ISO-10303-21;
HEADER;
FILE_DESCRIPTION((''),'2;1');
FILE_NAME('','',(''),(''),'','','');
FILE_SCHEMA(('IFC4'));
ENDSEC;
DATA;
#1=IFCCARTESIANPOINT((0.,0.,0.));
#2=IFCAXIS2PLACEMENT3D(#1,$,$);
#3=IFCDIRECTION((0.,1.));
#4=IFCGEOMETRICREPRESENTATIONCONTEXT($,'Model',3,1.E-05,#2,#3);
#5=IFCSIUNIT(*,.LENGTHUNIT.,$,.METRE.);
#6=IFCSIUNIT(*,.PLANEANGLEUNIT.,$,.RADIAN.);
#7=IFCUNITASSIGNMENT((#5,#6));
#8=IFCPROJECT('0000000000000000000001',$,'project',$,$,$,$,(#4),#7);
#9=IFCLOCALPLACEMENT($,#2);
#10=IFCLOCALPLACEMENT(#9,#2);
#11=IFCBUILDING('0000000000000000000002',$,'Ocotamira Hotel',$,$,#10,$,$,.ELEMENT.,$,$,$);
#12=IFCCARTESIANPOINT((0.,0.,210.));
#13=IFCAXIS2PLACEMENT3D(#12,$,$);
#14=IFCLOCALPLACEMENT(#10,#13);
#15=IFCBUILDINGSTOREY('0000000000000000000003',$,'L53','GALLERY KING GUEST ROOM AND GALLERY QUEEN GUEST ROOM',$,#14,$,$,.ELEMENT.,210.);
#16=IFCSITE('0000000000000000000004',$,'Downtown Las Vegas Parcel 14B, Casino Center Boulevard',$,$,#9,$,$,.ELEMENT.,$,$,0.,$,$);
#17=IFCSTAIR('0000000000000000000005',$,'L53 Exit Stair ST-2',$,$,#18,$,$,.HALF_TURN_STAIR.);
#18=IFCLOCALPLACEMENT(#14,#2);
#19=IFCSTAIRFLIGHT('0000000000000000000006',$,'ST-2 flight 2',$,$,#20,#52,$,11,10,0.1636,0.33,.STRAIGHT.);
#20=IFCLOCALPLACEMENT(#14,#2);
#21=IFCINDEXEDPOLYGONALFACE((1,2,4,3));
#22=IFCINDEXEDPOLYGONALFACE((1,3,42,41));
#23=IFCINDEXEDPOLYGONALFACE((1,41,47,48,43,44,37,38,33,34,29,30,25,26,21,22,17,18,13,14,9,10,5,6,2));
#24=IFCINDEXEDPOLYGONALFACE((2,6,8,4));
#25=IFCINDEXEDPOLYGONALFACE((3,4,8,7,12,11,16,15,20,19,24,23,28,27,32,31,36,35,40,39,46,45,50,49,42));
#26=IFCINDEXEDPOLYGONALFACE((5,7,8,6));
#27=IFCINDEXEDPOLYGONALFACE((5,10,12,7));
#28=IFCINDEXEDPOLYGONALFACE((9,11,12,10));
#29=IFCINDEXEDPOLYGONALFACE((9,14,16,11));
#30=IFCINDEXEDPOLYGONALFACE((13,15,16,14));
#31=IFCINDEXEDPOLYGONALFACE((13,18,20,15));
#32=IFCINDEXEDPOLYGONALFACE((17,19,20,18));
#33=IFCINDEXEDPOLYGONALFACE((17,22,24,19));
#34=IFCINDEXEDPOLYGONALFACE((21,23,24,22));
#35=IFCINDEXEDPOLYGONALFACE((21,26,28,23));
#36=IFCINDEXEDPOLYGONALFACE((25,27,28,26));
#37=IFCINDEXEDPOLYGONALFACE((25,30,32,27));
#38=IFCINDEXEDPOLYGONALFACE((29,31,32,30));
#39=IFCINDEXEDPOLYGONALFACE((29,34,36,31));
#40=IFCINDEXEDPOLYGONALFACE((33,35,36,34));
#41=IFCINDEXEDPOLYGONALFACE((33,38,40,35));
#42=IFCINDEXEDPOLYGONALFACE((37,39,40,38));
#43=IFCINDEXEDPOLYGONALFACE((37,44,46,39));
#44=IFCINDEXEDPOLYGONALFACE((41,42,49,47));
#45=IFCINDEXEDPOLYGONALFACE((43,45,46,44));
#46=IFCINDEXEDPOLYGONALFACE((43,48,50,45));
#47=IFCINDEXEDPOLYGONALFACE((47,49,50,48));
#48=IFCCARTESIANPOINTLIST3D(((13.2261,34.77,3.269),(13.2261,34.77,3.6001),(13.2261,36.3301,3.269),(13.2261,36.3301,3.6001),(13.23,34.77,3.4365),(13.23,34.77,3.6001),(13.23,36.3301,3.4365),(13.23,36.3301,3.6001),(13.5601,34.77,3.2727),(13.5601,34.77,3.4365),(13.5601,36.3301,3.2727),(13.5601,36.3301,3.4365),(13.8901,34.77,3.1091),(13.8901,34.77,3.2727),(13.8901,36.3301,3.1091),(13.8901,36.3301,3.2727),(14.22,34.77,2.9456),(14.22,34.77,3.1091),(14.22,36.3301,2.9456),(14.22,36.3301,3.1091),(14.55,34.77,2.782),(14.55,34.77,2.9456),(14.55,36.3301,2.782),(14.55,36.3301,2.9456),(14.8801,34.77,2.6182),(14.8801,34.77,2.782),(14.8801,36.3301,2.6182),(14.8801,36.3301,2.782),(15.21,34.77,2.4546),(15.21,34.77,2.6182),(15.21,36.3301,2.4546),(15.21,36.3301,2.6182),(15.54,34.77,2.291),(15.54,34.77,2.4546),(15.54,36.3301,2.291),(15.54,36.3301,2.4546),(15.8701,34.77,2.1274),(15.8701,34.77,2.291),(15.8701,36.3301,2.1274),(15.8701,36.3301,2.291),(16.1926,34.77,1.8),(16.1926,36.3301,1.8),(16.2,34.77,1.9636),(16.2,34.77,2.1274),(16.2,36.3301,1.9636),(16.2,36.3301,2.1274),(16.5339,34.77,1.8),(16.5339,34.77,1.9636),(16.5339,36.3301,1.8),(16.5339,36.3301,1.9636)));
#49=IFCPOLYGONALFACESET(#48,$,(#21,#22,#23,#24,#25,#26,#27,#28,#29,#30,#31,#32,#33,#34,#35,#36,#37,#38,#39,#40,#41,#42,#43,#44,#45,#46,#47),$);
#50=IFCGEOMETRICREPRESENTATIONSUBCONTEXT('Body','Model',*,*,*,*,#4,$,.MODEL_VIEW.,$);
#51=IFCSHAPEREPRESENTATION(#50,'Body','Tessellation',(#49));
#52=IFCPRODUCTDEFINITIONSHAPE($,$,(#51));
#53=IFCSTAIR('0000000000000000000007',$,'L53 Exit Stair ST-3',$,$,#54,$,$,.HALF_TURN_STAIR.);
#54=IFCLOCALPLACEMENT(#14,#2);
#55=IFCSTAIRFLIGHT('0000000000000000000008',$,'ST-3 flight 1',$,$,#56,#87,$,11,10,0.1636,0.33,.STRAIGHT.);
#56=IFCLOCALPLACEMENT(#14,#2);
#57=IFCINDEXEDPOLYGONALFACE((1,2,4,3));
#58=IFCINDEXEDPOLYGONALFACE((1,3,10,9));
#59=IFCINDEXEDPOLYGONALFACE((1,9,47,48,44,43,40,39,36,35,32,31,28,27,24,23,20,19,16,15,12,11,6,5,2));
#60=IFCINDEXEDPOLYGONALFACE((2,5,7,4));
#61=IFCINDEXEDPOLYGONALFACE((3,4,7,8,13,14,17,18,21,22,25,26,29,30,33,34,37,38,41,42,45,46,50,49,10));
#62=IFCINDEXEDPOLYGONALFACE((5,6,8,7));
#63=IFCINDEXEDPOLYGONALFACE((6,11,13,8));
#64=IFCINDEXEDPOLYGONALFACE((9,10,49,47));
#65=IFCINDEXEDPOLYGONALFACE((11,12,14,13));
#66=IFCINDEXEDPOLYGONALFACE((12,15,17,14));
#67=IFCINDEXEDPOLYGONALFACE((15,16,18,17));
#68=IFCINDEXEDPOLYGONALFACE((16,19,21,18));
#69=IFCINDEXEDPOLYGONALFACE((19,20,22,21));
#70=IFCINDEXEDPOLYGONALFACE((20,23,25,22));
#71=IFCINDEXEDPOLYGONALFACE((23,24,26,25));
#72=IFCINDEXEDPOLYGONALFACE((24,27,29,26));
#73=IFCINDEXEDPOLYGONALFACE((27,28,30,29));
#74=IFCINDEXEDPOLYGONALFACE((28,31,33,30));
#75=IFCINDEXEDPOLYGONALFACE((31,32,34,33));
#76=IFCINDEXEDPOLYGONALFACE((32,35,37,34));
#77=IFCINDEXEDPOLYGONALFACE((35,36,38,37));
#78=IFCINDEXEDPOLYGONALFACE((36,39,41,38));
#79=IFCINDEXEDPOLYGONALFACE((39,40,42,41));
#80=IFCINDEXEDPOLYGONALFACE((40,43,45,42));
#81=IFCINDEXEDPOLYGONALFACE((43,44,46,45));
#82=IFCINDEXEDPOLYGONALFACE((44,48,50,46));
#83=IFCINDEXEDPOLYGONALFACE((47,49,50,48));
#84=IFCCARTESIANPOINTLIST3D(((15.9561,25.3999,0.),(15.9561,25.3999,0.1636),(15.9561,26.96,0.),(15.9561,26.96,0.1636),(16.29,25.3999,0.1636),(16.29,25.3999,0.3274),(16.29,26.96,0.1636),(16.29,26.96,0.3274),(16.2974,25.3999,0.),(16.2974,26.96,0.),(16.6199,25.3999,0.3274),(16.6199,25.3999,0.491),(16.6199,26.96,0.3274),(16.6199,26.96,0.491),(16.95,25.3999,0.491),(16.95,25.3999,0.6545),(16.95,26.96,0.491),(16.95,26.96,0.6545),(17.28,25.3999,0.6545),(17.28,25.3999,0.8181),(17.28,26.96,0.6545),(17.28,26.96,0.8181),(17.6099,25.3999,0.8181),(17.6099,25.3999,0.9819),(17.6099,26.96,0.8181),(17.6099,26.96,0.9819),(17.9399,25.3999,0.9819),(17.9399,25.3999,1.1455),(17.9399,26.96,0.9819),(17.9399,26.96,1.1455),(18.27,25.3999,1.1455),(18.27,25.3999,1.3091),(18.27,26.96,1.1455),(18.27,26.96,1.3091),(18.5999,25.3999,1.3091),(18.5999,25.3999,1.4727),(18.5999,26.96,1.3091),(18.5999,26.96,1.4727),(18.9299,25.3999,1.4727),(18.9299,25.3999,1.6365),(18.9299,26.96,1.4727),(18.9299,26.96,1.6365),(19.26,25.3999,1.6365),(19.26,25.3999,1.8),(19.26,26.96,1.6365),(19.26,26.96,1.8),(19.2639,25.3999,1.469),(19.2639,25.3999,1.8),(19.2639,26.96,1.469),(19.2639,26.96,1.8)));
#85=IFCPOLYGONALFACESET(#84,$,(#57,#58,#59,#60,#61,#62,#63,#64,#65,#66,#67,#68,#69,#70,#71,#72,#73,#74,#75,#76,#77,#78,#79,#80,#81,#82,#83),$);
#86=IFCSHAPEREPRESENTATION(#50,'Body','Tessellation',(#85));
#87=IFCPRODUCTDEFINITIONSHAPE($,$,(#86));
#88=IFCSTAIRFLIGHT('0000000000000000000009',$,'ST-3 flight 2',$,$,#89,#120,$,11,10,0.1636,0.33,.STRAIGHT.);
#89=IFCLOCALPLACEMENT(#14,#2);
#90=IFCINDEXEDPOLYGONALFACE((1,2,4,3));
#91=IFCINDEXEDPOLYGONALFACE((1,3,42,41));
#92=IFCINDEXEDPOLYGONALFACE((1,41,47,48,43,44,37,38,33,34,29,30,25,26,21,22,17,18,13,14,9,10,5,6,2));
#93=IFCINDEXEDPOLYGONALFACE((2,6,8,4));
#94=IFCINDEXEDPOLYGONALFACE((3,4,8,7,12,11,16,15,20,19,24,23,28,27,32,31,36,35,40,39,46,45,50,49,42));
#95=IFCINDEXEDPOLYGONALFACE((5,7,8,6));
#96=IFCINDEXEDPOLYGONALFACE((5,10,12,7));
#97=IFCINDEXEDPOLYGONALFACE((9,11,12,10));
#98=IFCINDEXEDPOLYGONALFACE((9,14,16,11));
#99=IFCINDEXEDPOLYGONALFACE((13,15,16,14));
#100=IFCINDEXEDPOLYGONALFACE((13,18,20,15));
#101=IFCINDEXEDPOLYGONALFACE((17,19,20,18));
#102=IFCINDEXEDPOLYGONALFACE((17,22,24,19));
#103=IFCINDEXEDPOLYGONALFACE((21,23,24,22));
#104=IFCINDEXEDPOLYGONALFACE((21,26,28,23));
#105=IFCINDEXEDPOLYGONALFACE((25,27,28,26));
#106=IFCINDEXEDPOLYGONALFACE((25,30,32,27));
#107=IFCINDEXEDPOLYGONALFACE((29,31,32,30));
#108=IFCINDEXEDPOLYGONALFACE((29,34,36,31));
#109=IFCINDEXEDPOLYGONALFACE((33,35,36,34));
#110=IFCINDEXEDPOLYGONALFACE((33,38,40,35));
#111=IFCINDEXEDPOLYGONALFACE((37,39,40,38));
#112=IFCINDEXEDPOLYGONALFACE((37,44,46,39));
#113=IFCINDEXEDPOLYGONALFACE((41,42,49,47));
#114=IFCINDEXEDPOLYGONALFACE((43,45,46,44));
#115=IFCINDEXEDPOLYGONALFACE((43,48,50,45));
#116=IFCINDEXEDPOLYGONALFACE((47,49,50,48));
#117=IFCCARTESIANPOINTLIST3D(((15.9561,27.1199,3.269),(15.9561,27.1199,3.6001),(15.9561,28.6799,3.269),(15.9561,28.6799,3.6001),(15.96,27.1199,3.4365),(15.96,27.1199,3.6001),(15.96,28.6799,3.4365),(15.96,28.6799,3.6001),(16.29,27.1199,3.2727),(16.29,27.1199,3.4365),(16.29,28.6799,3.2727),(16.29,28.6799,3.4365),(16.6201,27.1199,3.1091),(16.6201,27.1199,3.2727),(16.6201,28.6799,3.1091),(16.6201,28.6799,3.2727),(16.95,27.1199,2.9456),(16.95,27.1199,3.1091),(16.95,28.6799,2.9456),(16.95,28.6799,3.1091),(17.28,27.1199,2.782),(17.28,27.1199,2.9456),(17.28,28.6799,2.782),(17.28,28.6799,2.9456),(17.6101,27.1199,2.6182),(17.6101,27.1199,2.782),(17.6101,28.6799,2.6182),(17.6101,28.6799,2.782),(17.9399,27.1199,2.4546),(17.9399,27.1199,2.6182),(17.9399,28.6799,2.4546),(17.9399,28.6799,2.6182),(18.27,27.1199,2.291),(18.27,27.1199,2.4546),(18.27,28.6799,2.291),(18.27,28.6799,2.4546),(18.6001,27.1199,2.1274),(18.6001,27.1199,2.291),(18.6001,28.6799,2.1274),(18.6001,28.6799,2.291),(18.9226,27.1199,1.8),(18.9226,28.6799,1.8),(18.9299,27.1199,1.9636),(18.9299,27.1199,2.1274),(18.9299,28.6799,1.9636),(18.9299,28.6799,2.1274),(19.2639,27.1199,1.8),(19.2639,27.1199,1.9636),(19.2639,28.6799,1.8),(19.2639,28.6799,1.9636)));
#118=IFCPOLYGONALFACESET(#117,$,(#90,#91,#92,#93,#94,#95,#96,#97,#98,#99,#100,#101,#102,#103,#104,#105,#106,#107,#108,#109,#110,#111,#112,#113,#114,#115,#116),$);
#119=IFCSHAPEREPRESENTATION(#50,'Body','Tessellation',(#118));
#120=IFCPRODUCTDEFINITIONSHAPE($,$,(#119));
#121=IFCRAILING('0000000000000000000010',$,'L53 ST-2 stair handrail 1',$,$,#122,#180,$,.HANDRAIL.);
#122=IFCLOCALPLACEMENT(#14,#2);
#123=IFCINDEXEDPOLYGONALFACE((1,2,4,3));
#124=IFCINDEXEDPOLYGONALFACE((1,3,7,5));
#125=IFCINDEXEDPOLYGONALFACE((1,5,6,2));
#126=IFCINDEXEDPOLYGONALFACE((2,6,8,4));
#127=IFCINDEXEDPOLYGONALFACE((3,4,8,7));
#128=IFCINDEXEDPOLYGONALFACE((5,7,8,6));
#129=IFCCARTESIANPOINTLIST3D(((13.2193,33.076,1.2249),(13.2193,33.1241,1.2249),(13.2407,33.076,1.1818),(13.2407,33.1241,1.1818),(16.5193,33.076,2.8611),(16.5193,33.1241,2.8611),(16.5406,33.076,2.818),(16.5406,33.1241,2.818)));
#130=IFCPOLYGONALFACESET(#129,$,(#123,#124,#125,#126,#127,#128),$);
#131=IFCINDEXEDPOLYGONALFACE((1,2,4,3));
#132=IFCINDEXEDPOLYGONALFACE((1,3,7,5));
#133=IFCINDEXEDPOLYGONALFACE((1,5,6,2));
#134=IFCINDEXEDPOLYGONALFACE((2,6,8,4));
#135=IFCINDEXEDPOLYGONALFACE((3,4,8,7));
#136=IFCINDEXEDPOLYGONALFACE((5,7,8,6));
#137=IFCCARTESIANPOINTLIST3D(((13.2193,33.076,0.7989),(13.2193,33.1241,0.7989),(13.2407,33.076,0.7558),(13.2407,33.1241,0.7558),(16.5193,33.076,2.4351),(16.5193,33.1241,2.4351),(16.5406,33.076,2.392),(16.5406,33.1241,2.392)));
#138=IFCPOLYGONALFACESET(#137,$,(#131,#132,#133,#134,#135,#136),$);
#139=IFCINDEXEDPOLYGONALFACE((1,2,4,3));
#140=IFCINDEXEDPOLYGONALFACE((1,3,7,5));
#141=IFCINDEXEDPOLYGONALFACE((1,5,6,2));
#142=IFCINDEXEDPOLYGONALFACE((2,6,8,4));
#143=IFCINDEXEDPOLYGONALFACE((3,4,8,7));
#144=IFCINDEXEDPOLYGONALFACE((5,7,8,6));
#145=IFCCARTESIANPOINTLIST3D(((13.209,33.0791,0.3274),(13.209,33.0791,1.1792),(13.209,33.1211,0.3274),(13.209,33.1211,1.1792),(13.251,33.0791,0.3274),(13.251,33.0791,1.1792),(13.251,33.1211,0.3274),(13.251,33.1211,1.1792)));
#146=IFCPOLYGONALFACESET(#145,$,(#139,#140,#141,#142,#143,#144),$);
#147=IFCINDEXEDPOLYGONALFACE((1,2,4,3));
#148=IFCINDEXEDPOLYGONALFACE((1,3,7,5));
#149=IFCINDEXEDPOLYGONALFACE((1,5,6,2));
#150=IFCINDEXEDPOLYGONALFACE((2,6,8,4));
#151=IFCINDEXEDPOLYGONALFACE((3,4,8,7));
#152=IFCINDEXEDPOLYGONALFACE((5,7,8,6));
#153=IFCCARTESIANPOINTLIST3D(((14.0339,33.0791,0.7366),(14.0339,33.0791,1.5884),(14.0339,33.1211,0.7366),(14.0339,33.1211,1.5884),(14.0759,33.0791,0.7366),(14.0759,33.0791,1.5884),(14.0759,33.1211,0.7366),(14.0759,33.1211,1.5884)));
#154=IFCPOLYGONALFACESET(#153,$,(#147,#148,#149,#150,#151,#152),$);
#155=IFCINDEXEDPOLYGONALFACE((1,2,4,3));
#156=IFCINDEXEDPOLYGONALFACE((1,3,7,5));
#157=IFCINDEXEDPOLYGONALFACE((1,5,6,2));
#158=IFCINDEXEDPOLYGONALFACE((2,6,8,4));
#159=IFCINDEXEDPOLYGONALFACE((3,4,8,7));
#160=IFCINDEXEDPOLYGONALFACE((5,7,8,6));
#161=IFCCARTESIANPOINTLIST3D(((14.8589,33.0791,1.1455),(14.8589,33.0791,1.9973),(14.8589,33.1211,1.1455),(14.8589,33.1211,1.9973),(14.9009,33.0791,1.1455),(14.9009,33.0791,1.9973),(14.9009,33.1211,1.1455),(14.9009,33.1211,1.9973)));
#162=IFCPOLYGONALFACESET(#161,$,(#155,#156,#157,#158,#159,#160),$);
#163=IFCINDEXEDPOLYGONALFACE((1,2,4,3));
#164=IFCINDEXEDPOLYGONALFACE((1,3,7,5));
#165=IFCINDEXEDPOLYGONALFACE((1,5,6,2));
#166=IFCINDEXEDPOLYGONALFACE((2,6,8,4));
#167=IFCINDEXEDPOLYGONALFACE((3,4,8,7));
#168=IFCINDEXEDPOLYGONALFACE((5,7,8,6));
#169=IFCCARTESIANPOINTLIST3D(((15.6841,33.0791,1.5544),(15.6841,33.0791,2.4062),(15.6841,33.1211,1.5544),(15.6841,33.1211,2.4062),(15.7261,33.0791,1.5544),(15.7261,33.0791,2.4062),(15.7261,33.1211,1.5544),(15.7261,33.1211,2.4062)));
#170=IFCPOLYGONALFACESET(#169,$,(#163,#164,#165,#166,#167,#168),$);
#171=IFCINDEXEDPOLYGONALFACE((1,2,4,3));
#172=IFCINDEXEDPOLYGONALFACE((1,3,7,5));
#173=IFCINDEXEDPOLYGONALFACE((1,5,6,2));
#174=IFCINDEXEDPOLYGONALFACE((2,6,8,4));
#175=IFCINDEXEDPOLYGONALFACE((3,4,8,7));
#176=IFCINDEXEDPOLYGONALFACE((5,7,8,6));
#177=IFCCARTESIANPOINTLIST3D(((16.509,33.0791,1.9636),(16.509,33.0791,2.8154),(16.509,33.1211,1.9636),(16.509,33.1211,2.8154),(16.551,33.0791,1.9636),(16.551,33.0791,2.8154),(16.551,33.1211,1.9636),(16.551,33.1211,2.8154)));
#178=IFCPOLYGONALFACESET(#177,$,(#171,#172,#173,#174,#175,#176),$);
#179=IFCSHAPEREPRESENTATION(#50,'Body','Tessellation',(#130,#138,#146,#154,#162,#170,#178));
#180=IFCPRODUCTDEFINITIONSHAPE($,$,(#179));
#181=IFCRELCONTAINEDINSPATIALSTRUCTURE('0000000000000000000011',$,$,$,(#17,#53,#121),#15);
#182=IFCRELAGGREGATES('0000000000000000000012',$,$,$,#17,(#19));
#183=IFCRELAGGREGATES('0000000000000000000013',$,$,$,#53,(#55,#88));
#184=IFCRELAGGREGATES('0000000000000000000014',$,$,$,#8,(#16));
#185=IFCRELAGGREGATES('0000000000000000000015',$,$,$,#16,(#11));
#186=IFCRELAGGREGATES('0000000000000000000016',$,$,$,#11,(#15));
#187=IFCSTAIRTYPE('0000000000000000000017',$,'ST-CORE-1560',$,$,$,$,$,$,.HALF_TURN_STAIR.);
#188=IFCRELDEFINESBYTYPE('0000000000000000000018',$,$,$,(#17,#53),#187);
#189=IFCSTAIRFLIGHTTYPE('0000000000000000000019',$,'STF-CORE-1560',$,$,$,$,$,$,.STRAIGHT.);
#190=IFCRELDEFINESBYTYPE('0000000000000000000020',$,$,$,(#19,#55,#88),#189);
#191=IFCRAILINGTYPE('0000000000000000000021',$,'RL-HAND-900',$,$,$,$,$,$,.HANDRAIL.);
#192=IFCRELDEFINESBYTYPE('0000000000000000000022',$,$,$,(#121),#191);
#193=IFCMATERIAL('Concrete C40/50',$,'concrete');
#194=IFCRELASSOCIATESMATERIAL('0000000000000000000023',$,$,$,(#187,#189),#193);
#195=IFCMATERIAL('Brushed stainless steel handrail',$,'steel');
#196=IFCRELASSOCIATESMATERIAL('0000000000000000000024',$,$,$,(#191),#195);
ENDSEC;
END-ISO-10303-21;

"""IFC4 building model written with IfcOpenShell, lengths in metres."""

from ifc_helpers import new_model, si_unit, direction, frame, origin, origin_2d, place, context, subcontext, project, spatial, polyline, rectangle, outline, extrude, source, transform, mapped, material, type_object, element, aggregate, save


model = new_model("IFC4")

# Units and contexts
model_context = context("Model", 3, precision=1e-05, world=origin(), true_north=direction((0.0, 1.0)))
body_context = subcontext(model_context, "Body", "Model", "MODEL_VIEW")
ifc_project = project(units=[si_unit("LENGTHUNIT", "METRE"), si_unit("PLANEANGLEUNIT", "RADIAN")], contexts=[model_context])

# Site, building, storey
site_placement = place(None, origin())
site = spatial("IfcSite", under=ifc_project, at=site_placement, Name="Downtown Las Vegas Parcel 14B, Casino Center Boulevard", CompositionType="ELEMENT", RefElevation=0.0)
building_placement = place(site_placement, origin())
building = spatial("IfcBuilding", under=site, at=building_placement, Name="Ocotamira Hotel", CompositionType="ELEMENT")
storey_placement = place(building_placement, frame((0.0, 0.0, 210.0)))
storey = spatial("IfcBuildingStorey", under=building, at=storey_placement, Name="L53", Description="GALLERY KING GUEST ROOM AND GALLERY QUEEN GUEST ROOM", CompositionType="ELEMENT", Elevation=210.0)

# Stairs, stair flights
ifc_material_1 = material(Name="Concrete C40/50", Category="concrete")
stair_type = type_object("IfcStairType", Name="ST-CORE-1560", PredefinedType="HALF_TURN_STAIR", material=ifc_material_1)
stair_1_placement = place(storey_placement, origin())
stair_1 = element("IfcStair", 1, at=stair_1_placement, inside=storey, type_object=stair_type, Name="L53 Exit Stair ST-2", PredefinedType="HALF_TURN_STAIR")
stair_flight_type = type_object("IfcStairFlightType", Name="STF-CORE-1560", PredefinedType="STRAIGHT", material=ifc_material_1)
shared_shape_1 = source(origin(), body_context, "Body", "SweptSolid", [
    extrude(outline(polyline([(-0.0039, 0.0), (-0.0039, 0.1636), (0.3301, 0.1636), (0.3301, 0.3274), (0.6599, 0.3274), (0.6599, 0.491), (0.99, 0.491), (0.99, 0.6545), (1.3201, 0.6545), (1.3201, 0.8181), (1.6499, 0.8181), (1.6499, 0.9819), (1.98, 0.9819), (1.98, 1.1455), (2.3101, 1.1455), (2.3101, 1.3091), (2.6399, 1.3091), (2.6399, 1.4727), (2.97, 1.4727), (2.97, 1.6365), (3.3, 1.6365), (3.3, 1.8), (3.304, 1.8), (3.304, 1.469), (0.3374, 0.0), (-0.0039, 0.0)])), frame((0.0, 0.78, 0.0), z_axis=(0.0, -1.0, 0.0), x_axis=(1.0, 0.0, 0.0)), (0.0, 0.0, 1.0), 1.5601),
])
stair_flight_1_placement = place(storey_placement, frame((16.53, 35.55, 1.8), z_axis=(0.0, 0.0, 1.0), x_axis=(-1.0, 0.0, 0.0)))
stair_flight_1 = element("IfcStairFlight", 2, at=stair_flight_1_placement, type_object=stair_flight_type, Name="ST-2 flight 2", NumberOfRisers=11, NumberOfTreads=10, PredefinedType="STRAIGHT", RiserHeight=0.1636, TreadLength=0.33, context=body_context, shape_type="MappedRepresentation", body=[
    mapped(shared_shape_1, transform((0.0, 0.0, 0.0), scale=1.0)),
])
aggregate(stair_1, [stair_flight_1])
stair_2_placement = place(storey_placement, origin())
stair_2 = element("IfcStair", 3, at=stair_2_placement, inside=storey, type_object=stair_type, Name="L53 Exit Stair ST-3", PredefinedType="HALF_TURN_STAIR")
stair_flight_2_placement = place(storey_placement, frame((15.96, 26.1799, 0.0), z_axis=(0.0, 0.0, 1.0), x_axis=(1.0, 0.0, 0.0)))
stair_flight_2 = element("IfcStairFlight", 4, at=stair_flight_2_placement, type_object=stair_flight_type, Name="ST-3 flight 1", NumberOfRisers=11, NumberOfTreads=10, PredefinedType="STRAIGHT", RiserHeight=0.1636, TreadLength=0.33, context=body_context, shape_type="MappedRepresentation", body=[
    mapped(shared_shape_1, transform((0.0, 0.0, 0.0), scale=1.0)),
])
stair_flight_3_placement = place(storey_placement, frame((19.26, 27.8999, 1.8), z_axis=(0.0, 0.0, 1.0), x_axis=(-1.0, 0.0, 0.0)))
stair_flight_3 = element("IfcStairFlight", 5, at=stair_flight_3_placement, type_object=stair_flight_type, Name="ST-3 flight 2", NumberOfRisers=11, NumberOfTreads=10, PredefinedType="STRAIGHT", RiserHeight=0.1636, TreadLength=0.33, context=body_context, shape_type="MappedRepresentation", body=[
    mapped(shared_shape_1, transform((0.0, 0.0, 0.0), scale=1.0)),
])
aggregate(stair_2, [stair_flight_2, stair_flight_3])

# Railing
ifc_material_2 = material(Name="Brushed stainless steel handrail", Category="steel")
railing_type_1 = type_object("IfcRailingType", Name="RL-HAND-900", PredefinedType="HANDRAIL", material=ifc_material_2)
railing_1_placement = place(storey_placement, frame((13.23, 33.1001, 0.3274)))
element("IfcRailing", 6, at=railing_1_placement, inside=storey, type_object=railing_type_1, Name="L53 ST-2 stair handrail 1", PredefinedType="HANDRAIL", context=body_context, shape_type="SweptSolid", body=[
    extrude(rectangle(XDim=0.0481, YDim=0.0481, at=origin_2d()), frame((0.0, 0.0, 0.876), z_axis=(0.89592, 0.0, 0.444215), x_axis=(0.0, 1.0, 0.0)), (0.0, 0.0, 1.0), 3.6833),
    extrude(rectangle(XDim=0.0481, YDim=0.0481, at=origin_2d()), frame((0.0, 0.0, 0.45), z_axis=(0.89592, 0.0, 0.444215), x_axis=(0.0, 1.0, 0.0)), (0.0, 0.0, 1.0), 3.6833),
    extrude(rectangle(XDim=0.042, YDim=0.042, at=origin_2d()), origin(), (0.0, 0.0, 1.0), 0.8518),
    extrude(rectangle(XDim=0.042, YDim=0.042, at=origin_2d()), frame((0.825, 0.0, 0.4092)), (0.0, 0.0, 1.0), 0.8518),
    extrude(rectangle(XDim=0.042, YDim=0.042, at=origin_2d()), frame((1.6499, 0.0, 0.8181)), (0.0, 0.0, 1.0), 0.8518),
    extrude(rectangle(XDim=0.042, YDim=0.042, at=origin_2d()), frame((2.4751, 0.0, 1.2271)), (0.0, 0.0, 1.0), 0.8518),
    extrude(rectangle(XDim=0.042, YDim=0.042, at=origin_2d()), frame((3.3, 0.0, 1.6362)), (0.0, 0.0, 1.0), 0.8518),
])

save(model, "model.ifc")
